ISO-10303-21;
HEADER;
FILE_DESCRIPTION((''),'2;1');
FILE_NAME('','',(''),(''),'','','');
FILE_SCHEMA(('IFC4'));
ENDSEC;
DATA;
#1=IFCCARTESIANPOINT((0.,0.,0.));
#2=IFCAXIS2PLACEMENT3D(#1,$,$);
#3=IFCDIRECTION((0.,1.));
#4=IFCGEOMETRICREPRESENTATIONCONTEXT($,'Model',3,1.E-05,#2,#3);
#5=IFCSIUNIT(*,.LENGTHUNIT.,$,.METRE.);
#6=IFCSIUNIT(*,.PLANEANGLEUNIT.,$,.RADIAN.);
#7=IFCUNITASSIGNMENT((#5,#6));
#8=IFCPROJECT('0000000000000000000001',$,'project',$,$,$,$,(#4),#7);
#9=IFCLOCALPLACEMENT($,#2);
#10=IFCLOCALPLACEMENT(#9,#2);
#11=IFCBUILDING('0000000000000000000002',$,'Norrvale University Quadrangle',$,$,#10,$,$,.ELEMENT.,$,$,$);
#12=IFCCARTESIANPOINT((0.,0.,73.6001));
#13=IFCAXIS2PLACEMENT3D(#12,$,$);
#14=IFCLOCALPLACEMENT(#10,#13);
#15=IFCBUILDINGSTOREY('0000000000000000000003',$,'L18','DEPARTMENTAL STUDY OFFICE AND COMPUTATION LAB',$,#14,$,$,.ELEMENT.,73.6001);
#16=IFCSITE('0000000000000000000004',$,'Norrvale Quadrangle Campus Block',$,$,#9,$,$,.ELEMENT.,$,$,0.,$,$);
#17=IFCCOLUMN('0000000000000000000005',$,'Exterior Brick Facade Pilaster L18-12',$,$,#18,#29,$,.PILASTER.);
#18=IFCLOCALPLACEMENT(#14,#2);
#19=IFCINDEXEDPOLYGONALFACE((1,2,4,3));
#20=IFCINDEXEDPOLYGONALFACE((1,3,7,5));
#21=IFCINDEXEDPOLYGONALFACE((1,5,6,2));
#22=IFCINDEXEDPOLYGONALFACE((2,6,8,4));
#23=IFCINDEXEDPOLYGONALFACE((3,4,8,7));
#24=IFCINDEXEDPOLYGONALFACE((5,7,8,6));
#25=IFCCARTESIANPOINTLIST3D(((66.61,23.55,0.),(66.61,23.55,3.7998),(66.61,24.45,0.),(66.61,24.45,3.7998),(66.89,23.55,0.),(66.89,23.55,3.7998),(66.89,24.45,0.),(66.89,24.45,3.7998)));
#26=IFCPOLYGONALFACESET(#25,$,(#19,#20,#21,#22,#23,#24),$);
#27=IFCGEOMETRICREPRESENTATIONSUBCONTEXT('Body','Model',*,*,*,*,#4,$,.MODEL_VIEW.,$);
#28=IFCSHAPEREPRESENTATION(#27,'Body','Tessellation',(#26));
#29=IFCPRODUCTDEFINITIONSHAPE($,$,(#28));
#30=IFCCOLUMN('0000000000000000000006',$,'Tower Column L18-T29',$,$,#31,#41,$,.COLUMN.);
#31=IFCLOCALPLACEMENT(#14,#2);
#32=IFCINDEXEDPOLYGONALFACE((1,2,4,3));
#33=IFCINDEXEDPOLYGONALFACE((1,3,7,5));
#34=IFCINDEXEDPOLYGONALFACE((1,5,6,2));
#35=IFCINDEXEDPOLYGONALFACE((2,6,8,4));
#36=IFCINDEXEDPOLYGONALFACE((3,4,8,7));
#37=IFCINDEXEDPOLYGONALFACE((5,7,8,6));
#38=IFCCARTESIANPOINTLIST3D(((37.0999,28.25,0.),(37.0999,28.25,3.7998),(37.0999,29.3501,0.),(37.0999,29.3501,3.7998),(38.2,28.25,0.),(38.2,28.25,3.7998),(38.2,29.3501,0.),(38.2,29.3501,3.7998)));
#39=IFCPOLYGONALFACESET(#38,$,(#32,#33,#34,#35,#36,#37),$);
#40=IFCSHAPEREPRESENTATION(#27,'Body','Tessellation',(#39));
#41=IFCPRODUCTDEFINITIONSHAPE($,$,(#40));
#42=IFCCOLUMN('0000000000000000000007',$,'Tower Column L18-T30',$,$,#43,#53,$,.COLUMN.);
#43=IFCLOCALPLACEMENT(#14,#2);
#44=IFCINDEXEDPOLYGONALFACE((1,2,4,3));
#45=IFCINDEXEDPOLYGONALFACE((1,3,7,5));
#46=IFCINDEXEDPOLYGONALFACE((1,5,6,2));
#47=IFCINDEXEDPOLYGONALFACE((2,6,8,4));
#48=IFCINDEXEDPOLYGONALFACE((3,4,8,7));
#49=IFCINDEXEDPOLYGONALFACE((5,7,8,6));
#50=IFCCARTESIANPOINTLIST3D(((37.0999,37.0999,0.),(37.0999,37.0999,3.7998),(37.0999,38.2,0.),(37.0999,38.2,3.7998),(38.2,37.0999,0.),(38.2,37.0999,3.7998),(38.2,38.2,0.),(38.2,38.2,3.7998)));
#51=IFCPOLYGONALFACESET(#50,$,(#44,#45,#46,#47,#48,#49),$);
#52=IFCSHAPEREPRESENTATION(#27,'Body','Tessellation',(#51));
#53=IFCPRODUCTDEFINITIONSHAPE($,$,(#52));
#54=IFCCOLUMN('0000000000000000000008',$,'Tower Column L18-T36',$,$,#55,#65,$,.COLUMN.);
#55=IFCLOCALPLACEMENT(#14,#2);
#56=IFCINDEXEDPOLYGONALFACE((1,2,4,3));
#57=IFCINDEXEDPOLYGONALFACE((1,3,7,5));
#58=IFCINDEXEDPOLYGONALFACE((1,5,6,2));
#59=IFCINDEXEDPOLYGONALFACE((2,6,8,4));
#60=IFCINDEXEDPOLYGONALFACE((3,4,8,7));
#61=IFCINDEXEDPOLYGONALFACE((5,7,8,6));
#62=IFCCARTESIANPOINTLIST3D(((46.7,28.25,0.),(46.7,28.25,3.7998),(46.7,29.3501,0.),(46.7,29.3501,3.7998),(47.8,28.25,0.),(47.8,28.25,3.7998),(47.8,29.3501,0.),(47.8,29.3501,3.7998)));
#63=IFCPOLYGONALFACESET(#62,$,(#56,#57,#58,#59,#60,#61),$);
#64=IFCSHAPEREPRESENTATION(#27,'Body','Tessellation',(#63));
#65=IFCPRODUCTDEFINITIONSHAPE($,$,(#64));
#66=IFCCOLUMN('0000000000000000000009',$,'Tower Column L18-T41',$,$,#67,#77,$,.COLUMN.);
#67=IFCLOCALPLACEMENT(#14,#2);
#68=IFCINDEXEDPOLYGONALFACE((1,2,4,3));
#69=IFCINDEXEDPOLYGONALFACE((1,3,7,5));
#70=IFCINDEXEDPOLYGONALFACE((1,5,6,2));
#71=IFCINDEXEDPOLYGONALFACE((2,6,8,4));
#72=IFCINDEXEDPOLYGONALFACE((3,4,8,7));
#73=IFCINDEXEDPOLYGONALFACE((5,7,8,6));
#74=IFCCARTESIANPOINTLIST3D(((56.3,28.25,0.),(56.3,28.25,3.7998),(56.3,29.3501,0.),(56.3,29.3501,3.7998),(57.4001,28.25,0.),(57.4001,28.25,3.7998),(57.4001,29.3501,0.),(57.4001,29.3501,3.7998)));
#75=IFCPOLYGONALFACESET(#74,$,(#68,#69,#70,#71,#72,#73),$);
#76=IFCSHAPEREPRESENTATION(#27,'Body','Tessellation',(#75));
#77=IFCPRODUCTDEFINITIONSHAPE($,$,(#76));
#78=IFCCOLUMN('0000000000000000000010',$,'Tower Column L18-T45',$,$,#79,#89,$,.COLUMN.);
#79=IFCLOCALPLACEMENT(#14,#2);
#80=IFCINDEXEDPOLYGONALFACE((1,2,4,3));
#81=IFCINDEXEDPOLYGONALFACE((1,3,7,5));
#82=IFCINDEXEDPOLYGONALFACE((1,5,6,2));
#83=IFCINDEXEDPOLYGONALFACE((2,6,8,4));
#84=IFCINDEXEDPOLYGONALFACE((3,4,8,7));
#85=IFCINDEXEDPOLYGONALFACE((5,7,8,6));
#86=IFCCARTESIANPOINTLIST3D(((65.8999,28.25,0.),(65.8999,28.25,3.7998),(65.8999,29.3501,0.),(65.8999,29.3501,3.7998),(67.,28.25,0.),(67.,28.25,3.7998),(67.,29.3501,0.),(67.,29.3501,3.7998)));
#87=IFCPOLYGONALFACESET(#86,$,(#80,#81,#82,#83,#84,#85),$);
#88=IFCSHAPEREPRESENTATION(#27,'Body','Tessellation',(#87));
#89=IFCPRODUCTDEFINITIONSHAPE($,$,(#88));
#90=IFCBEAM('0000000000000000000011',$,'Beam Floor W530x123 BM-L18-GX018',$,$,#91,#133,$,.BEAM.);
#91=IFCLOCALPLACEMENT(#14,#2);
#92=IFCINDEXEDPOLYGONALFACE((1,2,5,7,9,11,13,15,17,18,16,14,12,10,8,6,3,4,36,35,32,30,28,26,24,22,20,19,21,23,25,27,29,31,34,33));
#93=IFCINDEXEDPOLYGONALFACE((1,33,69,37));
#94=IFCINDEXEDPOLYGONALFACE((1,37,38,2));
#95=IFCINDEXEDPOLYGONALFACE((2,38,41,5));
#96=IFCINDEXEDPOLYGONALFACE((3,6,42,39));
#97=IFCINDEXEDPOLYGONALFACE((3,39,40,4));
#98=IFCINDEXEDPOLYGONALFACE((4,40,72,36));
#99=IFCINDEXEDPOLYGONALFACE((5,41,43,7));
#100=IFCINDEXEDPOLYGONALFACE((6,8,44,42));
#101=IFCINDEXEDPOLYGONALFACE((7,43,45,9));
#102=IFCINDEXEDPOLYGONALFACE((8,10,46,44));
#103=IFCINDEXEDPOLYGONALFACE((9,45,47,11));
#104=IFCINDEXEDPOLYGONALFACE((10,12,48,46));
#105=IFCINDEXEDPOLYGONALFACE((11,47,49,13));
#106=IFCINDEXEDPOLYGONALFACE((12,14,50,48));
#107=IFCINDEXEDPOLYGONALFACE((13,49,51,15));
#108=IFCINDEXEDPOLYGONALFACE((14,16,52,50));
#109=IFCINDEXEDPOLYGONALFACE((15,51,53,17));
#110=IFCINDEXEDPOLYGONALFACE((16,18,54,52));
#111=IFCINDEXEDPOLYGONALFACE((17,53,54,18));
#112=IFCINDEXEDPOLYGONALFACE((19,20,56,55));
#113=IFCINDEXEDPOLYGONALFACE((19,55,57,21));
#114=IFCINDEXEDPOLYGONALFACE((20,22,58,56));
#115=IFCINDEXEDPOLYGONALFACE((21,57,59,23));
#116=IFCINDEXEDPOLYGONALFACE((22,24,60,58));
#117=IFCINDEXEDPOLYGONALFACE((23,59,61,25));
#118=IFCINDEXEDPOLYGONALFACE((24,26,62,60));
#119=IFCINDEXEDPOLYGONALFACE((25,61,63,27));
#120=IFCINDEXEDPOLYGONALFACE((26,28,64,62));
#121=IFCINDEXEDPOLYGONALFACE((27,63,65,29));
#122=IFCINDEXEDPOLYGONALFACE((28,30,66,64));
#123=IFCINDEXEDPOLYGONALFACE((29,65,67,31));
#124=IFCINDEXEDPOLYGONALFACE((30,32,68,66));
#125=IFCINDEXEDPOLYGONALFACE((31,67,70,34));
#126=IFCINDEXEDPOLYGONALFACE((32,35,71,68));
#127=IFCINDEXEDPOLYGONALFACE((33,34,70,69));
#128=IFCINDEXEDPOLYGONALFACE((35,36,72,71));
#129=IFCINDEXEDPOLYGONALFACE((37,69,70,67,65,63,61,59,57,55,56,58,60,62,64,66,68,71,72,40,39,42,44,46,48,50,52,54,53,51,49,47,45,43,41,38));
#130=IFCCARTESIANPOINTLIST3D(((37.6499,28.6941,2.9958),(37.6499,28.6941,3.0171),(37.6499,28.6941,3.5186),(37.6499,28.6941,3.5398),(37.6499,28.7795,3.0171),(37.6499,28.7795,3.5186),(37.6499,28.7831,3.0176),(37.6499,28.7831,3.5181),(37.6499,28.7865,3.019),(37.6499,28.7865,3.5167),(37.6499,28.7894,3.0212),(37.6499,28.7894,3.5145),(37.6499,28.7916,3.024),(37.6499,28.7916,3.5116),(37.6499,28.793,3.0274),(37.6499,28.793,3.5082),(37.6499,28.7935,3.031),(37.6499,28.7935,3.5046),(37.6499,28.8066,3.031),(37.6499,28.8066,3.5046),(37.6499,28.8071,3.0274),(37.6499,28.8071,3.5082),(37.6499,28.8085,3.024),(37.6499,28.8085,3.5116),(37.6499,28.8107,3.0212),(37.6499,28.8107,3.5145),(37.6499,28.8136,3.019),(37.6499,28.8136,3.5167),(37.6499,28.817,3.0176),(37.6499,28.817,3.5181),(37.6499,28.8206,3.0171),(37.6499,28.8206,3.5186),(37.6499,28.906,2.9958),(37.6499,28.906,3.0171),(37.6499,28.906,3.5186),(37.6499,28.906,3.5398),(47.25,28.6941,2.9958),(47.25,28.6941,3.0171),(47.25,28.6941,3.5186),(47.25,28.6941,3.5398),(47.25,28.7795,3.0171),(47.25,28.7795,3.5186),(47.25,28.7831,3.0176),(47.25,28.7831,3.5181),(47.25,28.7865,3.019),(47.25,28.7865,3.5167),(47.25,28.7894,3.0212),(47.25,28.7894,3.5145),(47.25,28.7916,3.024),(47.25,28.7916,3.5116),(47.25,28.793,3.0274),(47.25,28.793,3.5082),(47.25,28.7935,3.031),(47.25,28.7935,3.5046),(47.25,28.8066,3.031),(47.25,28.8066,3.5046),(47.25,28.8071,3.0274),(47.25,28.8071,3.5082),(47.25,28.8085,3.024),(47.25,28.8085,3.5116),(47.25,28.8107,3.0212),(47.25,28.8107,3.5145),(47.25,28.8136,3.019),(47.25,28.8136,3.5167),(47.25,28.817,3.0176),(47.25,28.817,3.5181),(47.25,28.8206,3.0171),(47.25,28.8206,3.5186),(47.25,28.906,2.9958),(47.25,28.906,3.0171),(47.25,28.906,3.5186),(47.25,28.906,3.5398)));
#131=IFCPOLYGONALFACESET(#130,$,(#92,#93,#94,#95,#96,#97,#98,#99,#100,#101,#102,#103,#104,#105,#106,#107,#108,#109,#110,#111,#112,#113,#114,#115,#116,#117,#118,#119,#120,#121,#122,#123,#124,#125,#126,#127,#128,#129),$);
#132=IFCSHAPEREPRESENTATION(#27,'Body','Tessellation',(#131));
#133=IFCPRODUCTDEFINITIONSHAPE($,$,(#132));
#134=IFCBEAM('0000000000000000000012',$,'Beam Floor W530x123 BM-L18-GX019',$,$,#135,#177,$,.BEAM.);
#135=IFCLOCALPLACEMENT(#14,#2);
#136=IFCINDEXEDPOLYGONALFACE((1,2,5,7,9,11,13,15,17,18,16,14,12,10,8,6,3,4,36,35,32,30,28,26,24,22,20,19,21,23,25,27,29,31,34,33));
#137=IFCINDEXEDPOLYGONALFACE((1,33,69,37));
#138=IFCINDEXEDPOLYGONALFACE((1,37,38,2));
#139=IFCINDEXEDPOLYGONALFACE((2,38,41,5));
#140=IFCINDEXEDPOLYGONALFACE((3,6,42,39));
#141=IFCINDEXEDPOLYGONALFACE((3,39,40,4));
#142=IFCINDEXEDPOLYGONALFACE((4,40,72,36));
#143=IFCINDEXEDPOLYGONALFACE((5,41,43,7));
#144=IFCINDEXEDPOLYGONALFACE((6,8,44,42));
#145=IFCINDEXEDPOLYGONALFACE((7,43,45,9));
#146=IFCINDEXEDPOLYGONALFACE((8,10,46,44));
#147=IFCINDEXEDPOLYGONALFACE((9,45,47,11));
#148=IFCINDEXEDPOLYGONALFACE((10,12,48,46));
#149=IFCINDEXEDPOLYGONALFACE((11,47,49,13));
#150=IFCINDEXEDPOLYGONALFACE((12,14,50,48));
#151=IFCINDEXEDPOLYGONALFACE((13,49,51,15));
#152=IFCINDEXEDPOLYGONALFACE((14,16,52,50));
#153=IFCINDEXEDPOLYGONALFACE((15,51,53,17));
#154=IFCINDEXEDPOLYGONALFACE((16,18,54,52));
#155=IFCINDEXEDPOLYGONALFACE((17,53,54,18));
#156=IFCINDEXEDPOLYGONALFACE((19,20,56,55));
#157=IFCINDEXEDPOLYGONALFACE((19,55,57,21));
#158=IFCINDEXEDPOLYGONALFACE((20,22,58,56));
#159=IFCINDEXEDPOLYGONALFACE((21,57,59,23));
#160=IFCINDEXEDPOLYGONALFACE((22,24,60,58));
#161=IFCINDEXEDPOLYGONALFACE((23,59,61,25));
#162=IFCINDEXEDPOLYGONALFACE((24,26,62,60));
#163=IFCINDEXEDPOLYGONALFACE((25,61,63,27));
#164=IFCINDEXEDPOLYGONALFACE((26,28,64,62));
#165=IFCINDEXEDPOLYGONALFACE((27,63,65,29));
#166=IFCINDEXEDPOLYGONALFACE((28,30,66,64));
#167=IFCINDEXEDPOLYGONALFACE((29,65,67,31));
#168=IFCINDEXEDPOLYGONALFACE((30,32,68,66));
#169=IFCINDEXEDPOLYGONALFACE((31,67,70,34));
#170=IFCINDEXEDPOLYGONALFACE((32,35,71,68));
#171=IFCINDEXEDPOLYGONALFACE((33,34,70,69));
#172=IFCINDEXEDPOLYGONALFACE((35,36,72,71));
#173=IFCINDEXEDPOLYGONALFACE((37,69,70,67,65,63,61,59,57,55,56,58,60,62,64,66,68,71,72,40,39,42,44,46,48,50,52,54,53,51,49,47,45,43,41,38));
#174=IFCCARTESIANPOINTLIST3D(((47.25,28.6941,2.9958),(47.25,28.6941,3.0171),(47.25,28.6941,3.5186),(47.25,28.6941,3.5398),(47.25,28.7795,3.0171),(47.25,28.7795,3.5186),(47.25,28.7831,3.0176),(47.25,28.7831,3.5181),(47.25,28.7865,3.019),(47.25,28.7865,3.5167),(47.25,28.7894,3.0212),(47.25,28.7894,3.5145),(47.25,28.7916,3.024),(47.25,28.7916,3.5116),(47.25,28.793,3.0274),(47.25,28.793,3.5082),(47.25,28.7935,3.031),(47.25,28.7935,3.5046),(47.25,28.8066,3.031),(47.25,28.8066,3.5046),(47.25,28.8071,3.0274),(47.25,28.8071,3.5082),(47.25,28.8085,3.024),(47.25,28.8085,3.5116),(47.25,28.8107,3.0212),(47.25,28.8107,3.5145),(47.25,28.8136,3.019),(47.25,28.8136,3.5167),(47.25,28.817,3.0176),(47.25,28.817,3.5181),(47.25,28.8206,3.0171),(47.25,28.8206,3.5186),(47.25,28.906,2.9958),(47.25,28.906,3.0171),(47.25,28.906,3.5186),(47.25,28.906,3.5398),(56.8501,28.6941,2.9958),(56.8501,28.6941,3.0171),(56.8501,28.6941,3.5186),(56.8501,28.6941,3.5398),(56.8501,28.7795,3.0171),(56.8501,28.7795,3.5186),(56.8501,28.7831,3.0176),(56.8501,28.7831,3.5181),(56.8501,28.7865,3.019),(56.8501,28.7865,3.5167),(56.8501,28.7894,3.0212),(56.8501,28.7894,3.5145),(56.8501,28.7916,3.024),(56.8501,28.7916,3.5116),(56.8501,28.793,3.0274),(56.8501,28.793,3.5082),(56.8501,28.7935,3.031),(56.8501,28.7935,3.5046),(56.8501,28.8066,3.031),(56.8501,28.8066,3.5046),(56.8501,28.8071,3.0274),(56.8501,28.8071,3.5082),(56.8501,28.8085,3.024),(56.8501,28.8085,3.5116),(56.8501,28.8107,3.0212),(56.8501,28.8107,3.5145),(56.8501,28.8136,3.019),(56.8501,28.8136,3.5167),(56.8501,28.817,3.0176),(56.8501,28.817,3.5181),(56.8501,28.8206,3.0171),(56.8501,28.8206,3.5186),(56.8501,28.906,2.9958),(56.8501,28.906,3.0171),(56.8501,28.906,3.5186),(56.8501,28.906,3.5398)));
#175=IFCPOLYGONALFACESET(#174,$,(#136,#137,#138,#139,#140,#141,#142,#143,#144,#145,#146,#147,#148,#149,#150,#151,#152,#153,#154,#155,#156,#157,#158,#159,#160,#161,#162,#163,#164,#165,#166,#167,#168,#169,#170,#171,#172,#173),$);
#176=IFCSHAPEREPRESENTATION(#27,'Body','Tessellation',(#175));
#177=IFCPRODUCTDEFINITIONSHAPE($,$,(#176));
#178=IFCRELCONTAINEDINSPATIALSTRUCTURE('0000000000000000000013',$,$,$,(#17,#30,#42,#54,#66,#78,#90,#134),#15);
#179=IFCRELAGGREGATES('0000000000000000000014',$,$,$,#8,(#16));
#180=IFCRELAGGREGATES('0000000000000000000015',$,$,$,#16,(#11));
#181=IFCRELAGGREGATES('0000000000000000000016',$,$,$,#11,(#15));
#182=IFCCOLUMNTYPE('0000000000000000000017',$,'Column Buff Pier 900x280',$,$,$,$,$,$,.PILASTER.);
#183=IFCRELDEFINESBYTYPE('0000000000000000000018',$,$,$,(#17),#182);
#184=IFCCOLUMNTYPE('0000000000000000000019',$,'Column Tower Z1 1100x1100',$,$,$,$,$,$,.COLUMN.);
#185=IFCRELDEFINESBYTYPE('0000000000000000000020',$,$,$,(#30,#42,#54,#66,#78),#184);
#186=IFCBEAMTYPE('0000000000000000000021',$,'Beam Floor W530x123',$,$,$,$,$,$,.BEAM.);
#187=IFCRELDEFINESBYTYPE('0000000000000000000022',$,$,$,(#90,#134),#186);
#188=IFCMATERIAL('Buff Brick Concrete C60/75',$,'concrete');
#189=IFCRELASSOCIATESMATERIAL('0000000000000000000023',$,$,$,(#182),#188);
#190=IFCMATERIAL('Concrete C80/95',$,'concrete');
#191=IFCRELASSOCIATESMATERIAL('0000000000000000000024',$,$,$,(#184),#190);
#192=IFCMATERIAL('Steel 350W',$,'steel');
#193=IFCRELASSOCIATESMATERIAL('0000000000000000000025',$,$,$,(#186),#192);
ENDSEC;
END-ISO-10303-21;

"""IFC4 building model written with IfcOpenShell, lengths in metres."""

from ifc_helpers import new_model, si_unit, direction, frame, origin, origin_2d, place, context, subcontext, project, spatial, rectangle, i_section, extrude, material, material_profile, profile_set, type_object, element, save


model = new_model("IFC4")

# Units and contexts
model_context = context("Model", 3, precision=1e-05, world=origin(), true_north=direction((0.0, 1.0)))
body_context = subcontext(model_context, "Body", "Model", "MODEL_VIEW")
ifc_project = project(units=[si_unit("LENGTHUNIT", "METRE"), si_unit("PLANEANGLEUNIT", "RADIAN")], contexts=[model_context])

# Site, building, storey
site_placement = place(None, origin())
site = spatial("IfcSite", under=ifc_project, at=site_placement, Name="Norrvale Quadrangle Campus Block", CompositionType="ELEMENT", RefElevation=0.0)
building_placement = place(site_placement, origin())
building = spatial("IfcBuilding", under=site, at=building_placement, Name="Norrvale University Quadrangle", CompositionType="ELEMENT")
storey_placement = place(building_placement, frame((0.0, 0.0, 73.6001)))
storey = spatial("IfcBuildingStorey", under=building, at=storey_placement, Name="L18", Description="DEPARTMENTAL STUDY OFFICE AND COMPUTATION LAB", CompositionType="ELEMENT", Elevation=73.6001)

# Columns
ifc_material_1 = material(Name="Buff Brick Concrete C60/75", Category="concrete")
ifc_material_profile_1 = material_profile(ifc_material_1, rectangle(XDim=0.8999, YDim=0.28, at=origin_2d()), Name="Buff Brick Concrete C60/75")
ifc_profile_set_1 = profile_set([ifc_material_profile_1], Name="Buff Brick Concrete C60/75")
column_type_1 = type_object("IfcColumnType", Name="Column Buff Pier 900x280", PredefinedType="PILASTER", material=ifc_profile_set_1)
column_placement = place(storey_placement, frame((66.75, 24.0, 0.0), z_axis=(0.0, 0.0, 1.0), x_axis=(0.0, 1.0, 0.0)))
element("IfcColumn", 1, at=column_placement, inside=storey, type_object=column_type_1, Name="Exterior Brick Facade Pilaster L18-12", PredefinedType="PILASTER", context=body_context, shape_type="SweptSolid", body=[
    extrude(rectangle(XDim=0.8999, YDim=0.28, at=origin_2d()), origin(), (0.0, 0.0, 1.0), 3.7998),
])
ifc_material_2 = material(Name="Concrete C80/95", Category="concrete")
ifc_material_profile_2 = material_profile(ifc_material_2, rectangle(XDim=1.1001, YDim=1.1001, at=origin_2d()), Name="Concrete C80/95")
ifc_profile_set_2 = profile_set([ifc_material_profile_2], Name="Concrete C80/95")
column_type_2 = type_object("IfcColumnType", Name="Column Tower Z1 1100x1100", PredefinedType="COLUMN", material=ifc_profile_set_2)
for number, where, z_axis, x_axis, name in (
    (2, (37.6499, 28.8, 0.0), (0.0, 0.0, 1.0), (1.0, 0.0, 0.0), "Tower Column L18-T29"),
    (3, (37.6499, 37.6499, 0.0), (0.0, 0.0, 1.0), (1.0, 0.0, 0.0), "Tower Column L18-T30"),
    (4, (47.25, 28.8, 0.0), (0.0, 0.0, 1.0), (1.0, 0.0, 0.0), "Tower Column L18-T36"),
    (5, (56.8501, 28.8, 0.0), (0.0, 0.0, 1.0), (1.0, 0.0, 0.0), "Tower Column L18-T41"),
    (6, (66.45, 28.8, 0.0), (0.0, 0.0, 1.0), (1.0, 0.0, 0.0), "Tower Column L18-T45"),
):
    element("IfcColumn", number, at=place(storey_placement, frame(where, z_axis=z_axis, x_axis=x_axis)), inside=storey, type_object=column_type_2, Name=name, PredefinedType="COLUMN", context=body_context, shape_type="SweptSolid", body=[
        extrude(rectangle(XDim=1.1001, YDim=1.1001, at=origin_2d()), origin(), (0.0, 0.0, 1.0), 3.7998),
    ])

# Beams
ifc_material_3 = material(Name="Steel 350W", Category="steel")
ifc_material_profile_3 = material_profile(ifc_material_3, i_section(OverallWidth=0.2119, OverallDepth=0.5439, WebThickness=0.0132, FlangeThickness=0.0212, FilletRadius=0.0139, at=origin_2d()), Name="Steel 350W")
ifc_profile_set_3 = profile_set([ifc_material_profile_3], Name="Steel 350W")
beam_type_1 = type_object("IfcBeamType", Name="Beam Floor W530x123", PredefinedType="BEAM", material=ifc_profile_set_3)
for number, where, z_axis, x_axis, name in (
    (7, (37.6499, 28.8, 3.2678), (1.0, 0.0, 0.0), (0.0, 1.0, 0.0), "Beam Floor W530x123 BM-L18-GX018"),
    (8, (47.25, 28.8, 3.2678), (1.0, 0.0, 0.0), (0.0, 1.0, 0.0), "Beam Floor W530x123 BM-L18-GX019"),
):
    element("IfcBeam", number, at=place(storey_placement, frame(where, z_axis=z_axis, x_axis=x_axis)), inside=storey, type_object=beam_type_1, Name=name, PredefinedType="BEAM", context=body_context, shape_type="SweptSolid", body=[
        extrude(i_section(OverallWidth=0.2119, OverallDepth=0.5439, WebThickness=0.0132, FlangeThickness=0.0212, FilletRadius=0.0139, at=origin_2d()), origin(), (0.0, 0.0, 1.0), 9.6001),
    ])

save(model, "model.ifc")
